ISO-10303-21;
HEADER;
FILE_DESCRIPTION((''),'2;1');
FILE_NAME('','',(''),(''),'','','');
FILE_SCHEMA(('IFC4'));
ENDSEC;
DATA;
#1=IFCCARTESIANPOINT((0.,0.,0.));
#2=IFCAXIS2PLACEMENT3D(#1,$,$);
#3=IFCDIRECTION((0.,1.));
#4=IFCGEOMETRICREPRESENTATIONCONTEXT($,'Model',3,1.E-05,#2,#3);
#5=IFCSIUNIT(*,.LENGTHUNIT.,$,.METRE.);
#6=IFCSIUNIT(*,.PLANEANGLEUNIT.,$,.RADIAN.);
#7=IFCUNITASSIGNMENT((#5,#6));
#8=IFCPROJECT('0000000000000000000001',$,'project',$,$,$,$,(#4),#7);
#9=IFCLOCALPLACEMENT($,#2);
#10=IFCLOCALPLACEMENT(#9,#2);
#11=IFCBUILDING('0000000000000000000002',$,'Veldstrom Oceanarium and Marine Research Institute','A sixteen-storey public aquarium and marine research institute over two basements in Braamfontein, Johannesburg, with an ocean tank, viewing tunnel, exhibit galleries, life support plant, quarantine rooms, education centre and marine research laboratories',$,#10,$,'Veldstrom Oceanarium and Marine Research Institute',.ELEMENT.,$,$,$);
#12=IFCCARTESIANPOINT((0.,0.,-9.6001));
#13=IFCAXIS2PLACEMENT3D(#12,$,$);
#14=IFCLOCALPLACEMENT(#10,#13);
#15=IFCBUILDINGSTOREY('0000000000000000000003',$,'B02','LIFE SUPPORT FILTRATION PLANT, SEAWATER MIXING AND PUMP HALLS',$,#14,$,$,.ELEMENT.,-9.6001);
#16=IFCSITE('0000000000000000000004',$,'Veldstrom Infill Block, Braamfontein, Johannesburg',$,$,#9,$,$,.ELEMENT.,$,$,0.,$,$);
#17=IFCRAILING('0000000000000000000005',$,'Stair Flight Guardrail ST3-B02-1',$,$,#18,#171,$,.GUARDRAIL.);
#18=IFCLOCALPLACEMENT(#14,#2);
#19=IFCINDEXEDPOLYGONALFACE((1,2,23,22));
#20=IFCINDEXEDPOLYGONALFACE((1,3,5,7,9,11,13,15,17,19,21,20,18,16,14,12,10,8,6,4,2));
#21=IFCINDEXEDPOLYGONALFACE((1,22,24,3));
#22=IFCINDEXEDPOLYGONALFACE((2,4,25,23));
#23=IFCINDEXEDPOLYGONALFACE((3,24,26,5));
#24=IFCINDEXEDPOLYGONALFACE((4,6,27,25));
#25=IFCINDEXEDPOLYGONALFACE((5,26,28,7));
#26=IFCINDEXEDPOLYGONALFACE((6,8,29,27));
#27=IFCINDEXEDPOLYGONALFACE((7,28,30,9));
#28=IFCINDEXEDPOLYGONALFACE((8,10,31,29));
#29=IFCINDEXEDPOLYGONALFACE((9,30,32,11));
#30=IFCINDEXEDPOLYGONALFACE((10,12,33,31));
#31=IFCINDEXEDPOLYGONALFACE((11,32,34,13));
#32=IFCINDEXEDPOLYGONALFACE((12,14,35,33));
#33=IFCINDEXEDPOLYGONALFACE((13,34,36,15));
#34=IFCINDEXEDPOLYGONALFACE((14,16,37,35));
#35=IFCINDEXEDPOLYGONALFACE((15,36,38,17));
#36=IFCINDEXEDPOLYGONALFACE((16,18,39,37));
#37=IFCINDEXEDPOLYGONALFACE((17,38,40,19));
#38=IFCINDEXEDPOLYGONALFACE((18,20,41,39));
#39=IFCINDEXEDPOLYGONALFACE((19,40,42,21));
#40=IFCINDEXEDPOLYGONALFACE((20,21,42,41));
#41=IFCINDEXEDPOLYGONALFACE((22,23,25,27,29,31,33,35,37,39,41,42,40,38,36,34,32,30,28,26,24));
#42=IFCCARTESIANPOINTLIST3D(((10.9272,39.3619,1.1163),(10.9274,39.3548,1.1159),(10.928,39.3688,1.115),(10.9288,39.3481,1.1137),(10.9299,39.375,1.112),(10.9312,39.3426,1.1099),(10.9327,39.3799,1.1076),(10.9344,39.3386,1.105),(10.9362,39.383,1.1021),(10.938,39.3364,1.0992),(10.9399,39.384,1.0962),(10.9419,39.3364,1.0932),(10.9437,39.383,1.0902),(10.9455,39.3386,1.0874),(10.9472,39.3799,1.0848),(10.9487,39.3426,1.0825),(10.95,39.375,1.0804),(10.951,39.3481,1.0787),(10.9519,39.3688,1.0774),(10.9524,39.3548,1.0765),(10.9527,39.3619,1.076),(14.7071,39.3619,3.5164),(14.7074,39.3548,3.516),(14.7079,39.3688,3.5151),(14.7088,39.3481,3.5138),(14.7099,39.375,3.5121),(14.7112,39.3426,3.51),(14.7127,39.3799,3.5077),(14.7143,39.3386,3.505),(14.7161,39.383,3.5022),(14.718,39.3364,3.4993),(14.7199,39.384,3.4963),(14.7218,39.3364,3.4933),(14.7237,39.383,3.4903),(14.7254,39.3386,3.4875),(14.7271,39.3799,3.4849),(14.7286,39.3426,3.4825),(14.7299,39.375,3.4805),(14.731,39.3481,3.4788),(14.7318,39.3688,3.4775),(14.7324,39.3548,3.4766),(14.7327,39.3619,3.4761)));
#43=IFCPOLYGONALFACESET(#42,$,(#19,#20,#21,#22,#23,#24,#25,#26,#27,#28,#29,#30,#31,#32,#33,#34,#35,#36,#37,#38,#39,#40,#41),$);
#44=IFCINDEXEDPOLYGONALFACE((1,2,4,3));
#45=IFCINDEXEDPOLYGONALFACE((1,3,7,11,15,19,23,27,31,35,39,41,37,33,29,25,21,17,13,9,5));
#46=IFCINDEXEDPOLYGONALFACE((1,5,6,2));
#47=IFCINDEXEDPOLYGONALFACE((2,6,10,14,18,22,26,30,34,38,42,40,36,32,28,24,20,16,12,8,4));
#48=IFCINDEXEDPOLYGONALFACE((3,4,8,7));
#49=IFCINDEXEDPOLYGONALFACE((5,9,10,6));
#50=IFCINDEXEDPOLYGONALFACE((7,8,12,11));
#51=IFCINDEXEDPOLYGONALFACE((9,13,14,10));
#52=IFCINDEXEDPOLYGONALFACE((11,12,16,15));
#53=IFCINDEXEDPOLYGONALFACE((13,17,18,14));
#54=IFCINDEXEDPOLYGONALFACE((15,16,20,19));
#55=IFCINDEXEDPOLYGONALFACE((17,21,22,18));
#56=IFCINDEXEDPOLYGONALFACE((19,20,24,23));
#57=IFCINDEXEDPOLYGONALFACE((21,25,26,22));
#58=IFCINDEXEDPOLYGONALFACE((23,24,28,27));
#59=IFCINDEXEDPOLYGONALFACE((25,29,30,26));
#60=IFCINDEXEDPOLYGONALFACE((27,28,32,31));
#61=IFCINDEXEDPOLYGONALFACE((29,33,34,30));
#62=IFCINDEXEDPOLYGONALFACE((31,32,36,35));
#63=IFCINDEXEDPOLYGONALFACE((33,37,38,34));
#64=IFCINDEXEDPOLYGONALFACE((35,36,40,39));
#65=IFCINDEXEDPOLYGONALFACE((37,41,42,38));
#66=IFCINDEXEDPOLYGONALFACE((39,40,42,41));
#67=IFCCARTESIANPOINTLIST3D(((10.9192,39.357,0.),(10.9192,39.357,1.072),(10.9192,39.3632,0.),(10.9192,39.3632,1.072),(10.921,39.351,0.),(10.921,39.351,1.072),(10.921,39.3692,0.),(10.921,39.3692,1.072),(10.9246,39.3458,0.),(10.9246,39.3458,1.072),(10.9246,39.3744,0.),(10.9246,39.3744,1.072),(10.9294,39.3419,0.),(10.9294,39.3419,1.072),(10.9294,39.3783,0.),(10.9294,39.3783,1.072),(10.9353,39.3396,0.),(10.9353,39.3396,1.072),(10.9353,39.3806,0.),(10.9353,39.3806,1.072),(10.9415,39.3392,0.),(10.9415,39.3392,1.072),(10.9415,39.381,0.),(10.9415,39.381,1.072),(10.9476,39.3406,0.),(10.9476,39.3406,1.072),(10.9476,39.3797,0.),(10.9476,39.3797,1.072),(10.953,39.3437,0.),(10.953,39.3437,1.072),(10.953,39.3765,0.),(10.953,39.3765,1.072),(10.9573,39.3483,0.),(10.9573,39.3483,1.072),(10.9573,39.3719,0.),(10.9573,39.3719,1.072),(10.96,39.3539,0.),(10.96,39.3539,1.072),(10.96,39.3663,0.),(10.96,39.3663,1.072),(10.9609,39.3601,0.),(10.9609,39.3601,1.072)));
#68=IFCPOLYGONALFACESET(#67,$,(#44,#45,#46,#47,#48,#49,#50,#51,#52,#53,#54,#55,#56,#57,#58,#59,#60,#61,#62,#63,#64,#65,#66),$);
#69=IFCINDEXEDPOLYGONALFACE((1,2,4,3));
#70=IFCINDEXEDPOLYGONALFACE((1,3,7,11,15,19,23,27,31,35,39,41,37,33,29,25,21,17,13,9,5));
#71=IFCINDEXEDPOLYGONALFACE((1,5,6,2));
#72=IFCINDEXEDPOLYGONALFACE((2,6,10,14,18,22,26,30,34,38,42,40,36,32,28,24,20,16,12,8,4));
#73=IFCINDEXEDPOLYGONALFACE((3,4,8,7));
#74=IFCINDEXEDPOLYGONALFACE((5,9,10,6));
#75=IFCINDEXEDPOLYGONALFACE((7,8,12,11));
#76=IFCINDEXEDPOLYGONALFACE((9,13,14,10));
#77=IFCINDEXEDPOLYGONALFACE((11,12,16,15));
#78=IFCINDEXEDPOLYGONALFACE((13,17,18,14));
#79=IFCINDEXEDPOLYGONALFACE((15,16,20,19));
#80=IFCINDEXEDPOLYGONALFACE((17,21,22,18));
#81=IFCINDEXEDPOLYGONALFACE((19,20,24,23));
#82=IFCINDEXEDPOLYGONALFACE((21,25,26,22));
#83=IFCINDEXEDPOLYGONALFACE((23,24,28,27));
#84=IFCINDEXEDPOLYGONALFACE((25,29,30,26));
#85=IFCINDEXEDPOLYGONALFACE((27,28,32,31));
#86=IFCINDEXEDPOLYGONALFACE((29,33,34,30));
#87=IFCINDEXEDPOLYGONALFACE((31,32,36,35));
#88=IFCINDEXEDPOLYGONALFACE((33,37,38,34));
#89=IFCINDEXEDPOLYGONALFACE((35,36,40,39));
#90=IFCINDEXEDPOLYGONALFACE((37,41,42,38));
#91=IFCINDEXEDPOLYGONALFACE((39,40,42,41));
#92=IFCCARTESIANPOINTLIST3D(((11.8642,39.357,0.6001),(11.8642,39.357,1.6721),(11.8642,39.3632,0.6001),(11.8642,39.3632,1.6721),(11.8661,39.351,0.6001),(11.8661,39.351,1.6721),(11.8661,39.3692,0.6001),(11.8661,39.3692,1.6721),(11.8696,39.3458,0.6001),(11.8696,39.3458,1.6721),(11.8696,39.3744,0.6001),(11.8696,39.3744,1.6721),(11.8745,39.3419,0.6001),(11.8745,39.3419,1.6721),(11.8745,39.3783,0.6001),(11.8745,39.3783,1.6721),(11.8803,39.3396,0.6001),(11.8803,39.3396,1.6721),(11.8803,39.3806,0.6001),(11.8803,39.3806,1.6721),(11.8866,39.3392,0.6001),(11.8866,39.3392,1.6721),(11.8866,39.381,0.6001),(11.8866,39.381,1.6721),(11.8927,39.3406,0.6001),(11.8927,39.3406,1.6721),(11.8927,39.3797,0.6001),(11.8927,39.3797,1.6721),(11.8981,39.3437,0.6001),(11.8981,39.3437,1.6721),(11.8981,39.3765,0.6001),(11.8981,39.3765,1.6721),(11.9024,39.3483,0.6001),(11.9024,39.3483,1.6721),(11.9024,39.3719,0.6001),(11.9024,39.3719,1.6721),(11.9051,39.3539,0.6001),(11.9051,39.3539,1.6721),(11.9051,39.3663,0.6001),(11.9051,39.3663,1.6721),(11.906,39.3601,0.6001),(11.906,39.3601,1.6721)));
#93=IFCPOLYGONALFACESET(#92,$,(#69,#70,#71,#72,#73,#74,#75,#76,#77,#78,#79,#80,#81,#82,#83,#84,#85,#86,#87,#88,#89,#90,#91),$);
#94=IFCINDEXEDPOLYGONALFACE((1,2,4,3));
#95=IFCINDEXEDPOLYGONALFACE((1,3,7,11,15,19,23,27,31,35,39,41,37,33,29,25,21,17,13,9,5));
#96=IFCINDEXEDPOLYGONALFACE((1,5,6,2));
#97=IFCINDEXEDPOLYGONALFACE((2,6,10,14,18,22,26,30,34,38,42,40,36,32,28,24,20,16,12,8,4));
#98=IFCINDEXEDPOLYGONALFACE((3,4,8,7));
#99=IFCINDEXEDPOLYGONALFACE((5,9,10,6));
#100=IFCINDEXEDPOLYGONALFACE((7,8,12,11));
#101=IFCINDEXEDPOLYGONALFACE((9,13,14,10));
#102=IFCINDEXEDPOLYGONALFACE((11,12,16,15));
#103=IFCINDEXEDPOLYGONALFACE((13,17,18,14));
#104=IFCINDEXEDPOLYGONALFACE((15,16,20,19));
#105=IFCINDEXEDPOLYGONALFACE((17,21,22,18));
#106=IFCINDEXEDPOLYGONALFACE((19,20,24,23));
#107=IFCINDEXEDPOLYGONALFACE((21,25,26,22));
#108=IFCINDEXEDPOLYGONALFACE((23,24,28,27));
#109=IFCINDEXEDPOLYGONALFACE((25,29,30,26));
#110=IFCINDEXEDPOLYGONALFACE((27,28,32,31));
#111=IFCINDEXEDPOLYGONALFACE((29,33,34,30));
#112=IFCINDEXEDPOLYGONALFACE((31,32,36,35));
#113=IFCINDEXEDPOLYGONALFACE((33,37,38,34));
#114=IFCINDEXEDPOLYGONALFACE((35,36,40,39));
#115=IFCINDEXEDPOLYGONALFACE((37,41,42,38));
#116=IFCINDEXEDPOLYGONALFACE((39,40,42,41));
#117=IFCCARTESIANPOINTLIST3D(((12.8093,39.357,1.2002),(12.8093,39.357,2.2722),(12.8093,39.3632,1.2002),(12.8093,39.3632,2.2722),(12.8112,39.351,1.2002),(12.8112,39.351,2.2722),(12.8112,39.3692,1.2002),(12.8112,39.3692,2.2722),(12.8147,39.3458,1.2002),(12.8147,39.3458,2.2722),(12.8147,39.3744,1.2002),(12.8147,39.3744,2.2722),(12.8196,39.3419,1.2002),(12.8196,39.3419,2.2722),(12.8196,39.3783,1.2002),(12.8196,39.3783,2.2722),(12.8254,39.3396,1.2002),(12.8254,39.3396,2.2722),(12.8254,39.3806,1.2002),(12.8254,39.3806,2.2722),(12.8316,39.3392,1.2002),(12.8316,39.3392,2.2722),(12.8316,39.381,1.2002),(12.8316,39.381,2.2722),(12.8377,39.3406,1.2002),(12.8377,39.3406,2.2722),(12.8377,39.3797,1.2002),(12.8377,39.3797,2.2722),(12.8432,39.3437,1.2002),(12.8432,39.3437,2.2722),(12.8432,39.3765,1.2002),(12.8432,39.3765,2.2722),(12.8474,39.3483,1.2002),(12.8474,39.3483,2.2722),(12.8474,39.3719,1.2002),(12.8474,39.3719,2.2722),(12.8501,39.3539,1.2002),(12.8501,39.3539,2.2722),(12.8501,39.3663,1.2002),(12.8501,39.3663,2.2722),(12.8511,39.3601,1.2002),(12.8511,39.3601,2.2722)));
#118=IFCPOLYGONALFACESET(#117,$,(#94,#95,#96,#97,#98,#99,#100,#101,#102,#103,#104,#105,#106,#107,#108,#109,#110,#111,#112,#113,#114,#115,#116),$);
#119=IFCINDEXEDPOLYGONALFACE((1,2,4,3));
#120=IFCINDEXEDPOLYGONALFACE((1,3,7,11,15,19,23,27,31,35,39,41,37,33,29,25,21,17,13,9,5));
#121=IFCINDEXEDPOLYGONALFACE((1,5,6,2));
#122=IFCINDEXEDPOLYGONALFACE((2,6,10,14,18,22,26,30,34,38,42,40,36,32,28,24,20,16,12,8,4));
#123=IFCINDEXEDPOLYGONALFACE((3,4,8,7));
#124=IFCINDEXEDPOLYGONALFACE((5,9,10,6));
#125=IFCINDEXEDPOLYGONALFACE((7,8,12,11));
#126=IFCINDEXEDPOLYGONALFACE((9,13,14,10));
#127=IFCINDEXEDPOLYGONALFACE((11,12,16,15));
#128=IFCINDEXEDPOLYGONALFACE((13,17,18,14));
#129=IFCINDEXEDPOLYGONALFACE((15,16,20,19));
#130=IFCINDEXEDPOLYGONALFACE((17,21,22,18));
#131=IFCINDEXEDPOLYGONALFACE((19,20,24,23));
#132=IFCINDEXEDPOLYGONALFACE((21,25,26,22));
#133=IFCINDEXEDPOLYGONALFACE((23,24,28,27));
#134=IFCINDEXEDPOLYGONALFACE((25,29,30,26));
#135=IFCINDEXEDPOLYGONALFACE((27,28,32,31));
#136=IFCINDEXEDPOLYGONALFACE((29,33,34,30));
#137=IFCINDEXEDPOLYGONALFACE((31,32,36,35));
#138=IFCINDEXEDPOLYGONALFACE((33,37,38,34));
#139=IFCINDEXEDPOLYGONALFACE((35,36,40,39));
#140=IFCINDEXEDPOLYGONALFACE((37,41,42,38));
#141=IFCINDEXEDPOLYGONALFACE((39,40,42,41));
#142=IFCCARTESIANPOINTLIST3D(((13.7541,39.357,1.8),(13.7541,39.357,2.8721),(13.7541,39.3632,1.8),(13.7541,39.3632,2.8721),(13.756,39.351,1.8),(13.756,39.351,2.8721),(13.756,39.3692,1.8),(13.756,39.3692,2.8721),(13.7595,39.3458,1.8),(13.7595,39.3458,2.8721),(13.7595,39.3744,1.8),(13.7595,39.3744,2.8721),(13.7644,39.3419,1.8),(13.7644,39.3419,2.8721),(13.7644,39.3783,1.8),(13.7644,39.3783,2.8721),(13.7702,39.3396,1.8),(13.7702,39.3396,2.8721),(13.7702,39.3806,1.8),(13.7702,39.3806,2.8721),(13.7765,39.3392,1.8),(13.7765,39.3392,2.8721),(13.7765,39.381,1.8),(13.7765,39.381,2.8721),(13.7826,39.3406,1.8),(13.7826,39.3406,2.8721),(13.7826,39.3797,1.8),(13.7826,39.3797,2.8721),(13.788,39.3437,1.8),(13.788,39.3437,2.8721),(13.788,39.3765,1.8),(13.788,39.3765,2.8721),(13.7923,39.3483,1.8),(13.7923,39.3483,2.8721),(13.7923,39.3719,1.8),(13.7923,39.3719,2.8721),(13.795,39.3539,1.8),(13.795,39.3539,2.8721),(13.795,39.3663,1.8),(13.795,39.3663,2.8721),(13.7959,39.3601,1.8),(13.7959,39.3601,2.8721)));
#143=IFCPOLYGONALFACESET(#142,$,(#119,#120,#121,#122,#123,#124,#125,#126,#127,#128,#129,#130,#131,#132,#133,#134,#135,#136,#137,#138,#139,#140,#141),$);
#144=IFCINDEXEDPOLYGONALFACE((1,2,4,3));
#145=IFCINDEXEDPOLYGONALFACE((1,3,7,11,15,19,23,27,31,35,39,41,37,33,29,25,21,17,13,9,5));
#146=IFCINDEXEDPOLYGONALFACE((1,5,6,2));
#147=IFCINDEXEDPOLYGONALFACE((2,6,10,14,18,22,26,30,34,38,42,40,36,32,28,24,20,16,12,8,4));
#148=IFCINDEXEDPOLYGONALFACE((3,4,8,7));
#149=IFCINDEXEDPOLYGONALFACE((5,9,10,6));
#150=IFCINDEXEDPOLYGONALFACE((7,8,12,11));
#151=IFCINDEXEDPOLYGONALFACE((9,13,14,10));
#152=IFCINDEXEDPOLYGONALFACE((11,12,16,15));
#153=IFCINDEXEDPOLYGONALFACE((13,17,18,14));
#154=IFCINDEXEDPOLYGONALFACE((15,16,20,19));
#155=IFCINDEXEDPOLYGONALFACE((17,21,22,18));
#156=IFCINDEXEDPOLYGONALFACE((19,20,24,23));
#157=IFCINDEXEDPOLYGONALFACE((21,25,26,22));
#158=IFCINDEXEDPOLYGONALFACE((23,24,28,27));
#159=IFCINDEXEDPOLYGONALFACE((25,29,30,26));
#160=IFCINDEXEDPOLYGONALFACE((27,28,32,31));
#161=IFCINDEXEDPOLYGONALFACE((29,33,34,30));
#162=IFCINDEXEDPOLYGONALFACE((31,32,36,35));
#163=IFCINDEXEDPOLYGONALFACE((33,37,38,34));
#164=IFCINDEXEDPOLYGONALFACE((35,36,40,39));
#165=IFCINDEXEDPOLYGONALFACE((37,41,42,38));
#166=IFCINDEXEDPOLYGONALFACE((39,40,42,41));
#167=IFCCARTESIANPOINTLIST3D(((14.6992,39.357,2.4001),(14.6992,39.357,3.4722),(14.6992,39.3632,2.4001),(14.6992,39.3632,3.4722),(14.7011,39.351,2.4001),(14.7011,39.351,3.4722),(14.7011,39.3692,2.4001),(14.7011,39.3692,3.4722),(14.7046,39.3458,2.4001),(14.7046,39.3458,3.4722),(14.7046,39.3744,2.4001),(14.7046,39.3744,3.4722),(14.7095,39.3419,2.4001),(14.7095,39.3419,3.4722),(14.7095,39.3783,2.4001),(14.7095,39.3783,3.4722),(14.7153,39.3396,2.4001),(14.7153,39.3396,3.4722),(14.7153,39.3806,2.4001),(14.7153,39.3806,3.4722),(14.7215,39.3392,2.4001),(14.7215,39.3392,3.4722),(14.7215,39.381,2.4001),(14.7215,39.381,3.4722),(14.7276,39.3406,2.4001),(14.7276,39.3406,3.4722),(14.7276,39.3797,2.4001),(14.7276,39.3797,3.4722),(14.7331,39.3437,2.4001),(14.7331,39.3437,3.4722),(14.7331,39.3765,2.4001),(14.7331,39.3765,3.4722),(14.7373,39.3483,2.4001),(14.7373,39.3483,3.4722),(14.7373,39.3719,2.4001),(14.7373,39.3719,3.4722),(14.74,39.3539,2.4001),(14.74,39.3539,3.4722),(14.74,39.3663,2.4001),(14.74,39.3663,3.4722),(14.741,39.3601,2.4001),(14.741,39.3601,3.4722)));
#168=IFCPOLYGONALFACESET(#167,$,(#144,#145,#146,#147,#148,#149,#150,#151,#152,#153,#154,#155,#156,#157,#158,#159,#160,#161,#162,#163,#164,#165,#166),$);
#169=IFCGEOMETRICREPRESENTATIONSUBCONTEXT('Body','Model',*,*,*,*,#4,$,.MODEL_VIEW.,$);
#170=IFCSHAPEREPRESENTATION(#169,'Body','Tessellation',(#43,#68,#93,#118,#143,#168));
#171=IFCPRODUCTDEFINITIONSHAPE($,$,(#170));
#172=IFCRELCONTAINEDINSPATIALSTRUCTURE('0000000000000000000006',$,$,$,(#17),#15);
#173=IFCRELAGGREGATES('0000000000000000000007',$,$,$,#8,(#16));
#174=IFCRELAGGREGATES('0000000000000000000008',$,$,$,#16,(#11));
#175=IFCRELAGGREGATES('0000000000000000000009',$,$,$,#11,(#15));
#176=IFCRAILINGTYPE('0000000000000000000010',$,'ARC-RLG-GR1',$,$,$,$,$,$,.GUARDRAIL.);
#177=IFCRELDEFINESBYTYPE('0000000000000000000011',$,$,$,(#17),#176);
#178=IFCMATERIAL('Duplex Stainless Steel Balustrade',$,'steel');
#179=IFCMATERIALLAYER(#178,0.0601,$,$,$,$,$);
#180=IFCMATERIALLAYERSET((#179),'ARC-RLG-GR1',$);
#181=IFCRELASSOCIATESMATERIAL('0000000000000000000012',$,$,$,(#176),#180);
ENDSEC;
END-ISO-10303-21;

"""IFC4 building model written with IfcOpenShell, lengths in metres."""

from ifc_helpers import new_model, si_unit, direction, frame, origin, origin_2d, place, context, subcontext, project, spatial, circle, extrude, material, layer, layer_set, type_object, element, save


model = new_model("IFC4")

# Units and contexts
model_context = context("Model", 3, precision=1e-05, world=origin(), true_north=direction((0.0, 1.0)))
body_context = subcontext(model_context, "Body", "Model", "MODEL_VIEW")
ifc_project = project(units=[si_unit("LENGTHUNIT", "METRE"), si_unit("PLANEANGLEUNIT", "RADIAN")], contexts=[model_context])

# Site, building, storey
site_placement = place(None, origin())
site = spatial("IfcSite", under=ifc_project, at=site_placement, Name="Veldstrom Infill Block, Braamfontein, Johannesburg", CompositionType="ELEMENT", RefElevation=0.0)
building_placement = place(site_placement, origin())
building = spatial("IfcBuilding", under=site, at=building_placement, Name="Veldstrom Oceanarium and Marine Research Institute", Description="A sixteen-storey public aquarium and marine research institute over two basements in Braamfontein, Johannesburg, with an ocean tank, viewing tunnel, exhibit galleries, life support plant, quarantine rooms, education centre and marine research laboratories", LongName="Veldstrom Oceanarium and Marine Research Institute", CompositionType="ELEMENT")
storey_placement = place(building_placement, frame((0.0, 0.0, -9.6001)))
storey = spatial("IfcBuildingStorey", under=building, at=storey_placement, Name="B02", Description="LIFE SUPPORT FILTRATION PLANT, SEAWATER MIXING AND PUMP HALLS", CompositionType="ELEMENT", Elevation=-9.6001)

# Railing
ifc_material_1 = material(Name="Duplex Stainless Steel Balustrade", Category="steel")
ifc_layer_1 = layer(ifc_material_1, 0.0601)
ifc_layer_set_1 = layer_set([ifc_layer_1], Name="ARC-RLG-GR1")
railing_type_1 = type_object("IfcRailingType", Name="ARC-RLG-GR1", PredefinedType="GUARDRAIL", material=ifc_layer_set_1)
railing_1_placement = place(storey_placement, frame((10.9399, 39.3601, 0.0)))
element("IfcRailing", 1, at=railing_1_placement, inside=storey, type_object=railing_type_1, Name="Stair Flight Guardrail ST3-B02-1", PredefinedType="GUARDRAIL", context=body_context, shape_type="SweptSolid", body=[
    extrude(circle(Radius=0.0239, at=origin_2d()), frame((0.0, 0.0, 1.0962), z_axis=(0.8442, 0.0, 0.536028), x_axis=(0.0, 1.0, 0.0)), (0.0, 0.0, 1.0), 4.4775),
    extrude(circle(Radius=0.021, at=origin_2d()), origin(), (0.0, 0.0, 1.0), 1.072),
    extrude(circle(Radius=0.021, at=origin_2d()), frame((0.9451, 0.0, 0.6001)), (0.0, 0.0, 1.0), 1.072),
    extrude(circle(Radius=0.021, at=origin_2d()), frame((1.8901, 0.0, 1.2002)), (0.0, 0.0, 1.0), 1.072),
    extrude(circle(Radius=0.021, at=origin_2d()), frame((2.835, 0.0, 1.8)), (0.0, 0.0, 1.0), 1.072),
    extrude(circle(Radius=0.021, at=origin_2d()), frame((3.78, 0.0, 2.4001)), (0.0, 0.0, 1.0), 1.072),
])

save(model, "model.ifc")
